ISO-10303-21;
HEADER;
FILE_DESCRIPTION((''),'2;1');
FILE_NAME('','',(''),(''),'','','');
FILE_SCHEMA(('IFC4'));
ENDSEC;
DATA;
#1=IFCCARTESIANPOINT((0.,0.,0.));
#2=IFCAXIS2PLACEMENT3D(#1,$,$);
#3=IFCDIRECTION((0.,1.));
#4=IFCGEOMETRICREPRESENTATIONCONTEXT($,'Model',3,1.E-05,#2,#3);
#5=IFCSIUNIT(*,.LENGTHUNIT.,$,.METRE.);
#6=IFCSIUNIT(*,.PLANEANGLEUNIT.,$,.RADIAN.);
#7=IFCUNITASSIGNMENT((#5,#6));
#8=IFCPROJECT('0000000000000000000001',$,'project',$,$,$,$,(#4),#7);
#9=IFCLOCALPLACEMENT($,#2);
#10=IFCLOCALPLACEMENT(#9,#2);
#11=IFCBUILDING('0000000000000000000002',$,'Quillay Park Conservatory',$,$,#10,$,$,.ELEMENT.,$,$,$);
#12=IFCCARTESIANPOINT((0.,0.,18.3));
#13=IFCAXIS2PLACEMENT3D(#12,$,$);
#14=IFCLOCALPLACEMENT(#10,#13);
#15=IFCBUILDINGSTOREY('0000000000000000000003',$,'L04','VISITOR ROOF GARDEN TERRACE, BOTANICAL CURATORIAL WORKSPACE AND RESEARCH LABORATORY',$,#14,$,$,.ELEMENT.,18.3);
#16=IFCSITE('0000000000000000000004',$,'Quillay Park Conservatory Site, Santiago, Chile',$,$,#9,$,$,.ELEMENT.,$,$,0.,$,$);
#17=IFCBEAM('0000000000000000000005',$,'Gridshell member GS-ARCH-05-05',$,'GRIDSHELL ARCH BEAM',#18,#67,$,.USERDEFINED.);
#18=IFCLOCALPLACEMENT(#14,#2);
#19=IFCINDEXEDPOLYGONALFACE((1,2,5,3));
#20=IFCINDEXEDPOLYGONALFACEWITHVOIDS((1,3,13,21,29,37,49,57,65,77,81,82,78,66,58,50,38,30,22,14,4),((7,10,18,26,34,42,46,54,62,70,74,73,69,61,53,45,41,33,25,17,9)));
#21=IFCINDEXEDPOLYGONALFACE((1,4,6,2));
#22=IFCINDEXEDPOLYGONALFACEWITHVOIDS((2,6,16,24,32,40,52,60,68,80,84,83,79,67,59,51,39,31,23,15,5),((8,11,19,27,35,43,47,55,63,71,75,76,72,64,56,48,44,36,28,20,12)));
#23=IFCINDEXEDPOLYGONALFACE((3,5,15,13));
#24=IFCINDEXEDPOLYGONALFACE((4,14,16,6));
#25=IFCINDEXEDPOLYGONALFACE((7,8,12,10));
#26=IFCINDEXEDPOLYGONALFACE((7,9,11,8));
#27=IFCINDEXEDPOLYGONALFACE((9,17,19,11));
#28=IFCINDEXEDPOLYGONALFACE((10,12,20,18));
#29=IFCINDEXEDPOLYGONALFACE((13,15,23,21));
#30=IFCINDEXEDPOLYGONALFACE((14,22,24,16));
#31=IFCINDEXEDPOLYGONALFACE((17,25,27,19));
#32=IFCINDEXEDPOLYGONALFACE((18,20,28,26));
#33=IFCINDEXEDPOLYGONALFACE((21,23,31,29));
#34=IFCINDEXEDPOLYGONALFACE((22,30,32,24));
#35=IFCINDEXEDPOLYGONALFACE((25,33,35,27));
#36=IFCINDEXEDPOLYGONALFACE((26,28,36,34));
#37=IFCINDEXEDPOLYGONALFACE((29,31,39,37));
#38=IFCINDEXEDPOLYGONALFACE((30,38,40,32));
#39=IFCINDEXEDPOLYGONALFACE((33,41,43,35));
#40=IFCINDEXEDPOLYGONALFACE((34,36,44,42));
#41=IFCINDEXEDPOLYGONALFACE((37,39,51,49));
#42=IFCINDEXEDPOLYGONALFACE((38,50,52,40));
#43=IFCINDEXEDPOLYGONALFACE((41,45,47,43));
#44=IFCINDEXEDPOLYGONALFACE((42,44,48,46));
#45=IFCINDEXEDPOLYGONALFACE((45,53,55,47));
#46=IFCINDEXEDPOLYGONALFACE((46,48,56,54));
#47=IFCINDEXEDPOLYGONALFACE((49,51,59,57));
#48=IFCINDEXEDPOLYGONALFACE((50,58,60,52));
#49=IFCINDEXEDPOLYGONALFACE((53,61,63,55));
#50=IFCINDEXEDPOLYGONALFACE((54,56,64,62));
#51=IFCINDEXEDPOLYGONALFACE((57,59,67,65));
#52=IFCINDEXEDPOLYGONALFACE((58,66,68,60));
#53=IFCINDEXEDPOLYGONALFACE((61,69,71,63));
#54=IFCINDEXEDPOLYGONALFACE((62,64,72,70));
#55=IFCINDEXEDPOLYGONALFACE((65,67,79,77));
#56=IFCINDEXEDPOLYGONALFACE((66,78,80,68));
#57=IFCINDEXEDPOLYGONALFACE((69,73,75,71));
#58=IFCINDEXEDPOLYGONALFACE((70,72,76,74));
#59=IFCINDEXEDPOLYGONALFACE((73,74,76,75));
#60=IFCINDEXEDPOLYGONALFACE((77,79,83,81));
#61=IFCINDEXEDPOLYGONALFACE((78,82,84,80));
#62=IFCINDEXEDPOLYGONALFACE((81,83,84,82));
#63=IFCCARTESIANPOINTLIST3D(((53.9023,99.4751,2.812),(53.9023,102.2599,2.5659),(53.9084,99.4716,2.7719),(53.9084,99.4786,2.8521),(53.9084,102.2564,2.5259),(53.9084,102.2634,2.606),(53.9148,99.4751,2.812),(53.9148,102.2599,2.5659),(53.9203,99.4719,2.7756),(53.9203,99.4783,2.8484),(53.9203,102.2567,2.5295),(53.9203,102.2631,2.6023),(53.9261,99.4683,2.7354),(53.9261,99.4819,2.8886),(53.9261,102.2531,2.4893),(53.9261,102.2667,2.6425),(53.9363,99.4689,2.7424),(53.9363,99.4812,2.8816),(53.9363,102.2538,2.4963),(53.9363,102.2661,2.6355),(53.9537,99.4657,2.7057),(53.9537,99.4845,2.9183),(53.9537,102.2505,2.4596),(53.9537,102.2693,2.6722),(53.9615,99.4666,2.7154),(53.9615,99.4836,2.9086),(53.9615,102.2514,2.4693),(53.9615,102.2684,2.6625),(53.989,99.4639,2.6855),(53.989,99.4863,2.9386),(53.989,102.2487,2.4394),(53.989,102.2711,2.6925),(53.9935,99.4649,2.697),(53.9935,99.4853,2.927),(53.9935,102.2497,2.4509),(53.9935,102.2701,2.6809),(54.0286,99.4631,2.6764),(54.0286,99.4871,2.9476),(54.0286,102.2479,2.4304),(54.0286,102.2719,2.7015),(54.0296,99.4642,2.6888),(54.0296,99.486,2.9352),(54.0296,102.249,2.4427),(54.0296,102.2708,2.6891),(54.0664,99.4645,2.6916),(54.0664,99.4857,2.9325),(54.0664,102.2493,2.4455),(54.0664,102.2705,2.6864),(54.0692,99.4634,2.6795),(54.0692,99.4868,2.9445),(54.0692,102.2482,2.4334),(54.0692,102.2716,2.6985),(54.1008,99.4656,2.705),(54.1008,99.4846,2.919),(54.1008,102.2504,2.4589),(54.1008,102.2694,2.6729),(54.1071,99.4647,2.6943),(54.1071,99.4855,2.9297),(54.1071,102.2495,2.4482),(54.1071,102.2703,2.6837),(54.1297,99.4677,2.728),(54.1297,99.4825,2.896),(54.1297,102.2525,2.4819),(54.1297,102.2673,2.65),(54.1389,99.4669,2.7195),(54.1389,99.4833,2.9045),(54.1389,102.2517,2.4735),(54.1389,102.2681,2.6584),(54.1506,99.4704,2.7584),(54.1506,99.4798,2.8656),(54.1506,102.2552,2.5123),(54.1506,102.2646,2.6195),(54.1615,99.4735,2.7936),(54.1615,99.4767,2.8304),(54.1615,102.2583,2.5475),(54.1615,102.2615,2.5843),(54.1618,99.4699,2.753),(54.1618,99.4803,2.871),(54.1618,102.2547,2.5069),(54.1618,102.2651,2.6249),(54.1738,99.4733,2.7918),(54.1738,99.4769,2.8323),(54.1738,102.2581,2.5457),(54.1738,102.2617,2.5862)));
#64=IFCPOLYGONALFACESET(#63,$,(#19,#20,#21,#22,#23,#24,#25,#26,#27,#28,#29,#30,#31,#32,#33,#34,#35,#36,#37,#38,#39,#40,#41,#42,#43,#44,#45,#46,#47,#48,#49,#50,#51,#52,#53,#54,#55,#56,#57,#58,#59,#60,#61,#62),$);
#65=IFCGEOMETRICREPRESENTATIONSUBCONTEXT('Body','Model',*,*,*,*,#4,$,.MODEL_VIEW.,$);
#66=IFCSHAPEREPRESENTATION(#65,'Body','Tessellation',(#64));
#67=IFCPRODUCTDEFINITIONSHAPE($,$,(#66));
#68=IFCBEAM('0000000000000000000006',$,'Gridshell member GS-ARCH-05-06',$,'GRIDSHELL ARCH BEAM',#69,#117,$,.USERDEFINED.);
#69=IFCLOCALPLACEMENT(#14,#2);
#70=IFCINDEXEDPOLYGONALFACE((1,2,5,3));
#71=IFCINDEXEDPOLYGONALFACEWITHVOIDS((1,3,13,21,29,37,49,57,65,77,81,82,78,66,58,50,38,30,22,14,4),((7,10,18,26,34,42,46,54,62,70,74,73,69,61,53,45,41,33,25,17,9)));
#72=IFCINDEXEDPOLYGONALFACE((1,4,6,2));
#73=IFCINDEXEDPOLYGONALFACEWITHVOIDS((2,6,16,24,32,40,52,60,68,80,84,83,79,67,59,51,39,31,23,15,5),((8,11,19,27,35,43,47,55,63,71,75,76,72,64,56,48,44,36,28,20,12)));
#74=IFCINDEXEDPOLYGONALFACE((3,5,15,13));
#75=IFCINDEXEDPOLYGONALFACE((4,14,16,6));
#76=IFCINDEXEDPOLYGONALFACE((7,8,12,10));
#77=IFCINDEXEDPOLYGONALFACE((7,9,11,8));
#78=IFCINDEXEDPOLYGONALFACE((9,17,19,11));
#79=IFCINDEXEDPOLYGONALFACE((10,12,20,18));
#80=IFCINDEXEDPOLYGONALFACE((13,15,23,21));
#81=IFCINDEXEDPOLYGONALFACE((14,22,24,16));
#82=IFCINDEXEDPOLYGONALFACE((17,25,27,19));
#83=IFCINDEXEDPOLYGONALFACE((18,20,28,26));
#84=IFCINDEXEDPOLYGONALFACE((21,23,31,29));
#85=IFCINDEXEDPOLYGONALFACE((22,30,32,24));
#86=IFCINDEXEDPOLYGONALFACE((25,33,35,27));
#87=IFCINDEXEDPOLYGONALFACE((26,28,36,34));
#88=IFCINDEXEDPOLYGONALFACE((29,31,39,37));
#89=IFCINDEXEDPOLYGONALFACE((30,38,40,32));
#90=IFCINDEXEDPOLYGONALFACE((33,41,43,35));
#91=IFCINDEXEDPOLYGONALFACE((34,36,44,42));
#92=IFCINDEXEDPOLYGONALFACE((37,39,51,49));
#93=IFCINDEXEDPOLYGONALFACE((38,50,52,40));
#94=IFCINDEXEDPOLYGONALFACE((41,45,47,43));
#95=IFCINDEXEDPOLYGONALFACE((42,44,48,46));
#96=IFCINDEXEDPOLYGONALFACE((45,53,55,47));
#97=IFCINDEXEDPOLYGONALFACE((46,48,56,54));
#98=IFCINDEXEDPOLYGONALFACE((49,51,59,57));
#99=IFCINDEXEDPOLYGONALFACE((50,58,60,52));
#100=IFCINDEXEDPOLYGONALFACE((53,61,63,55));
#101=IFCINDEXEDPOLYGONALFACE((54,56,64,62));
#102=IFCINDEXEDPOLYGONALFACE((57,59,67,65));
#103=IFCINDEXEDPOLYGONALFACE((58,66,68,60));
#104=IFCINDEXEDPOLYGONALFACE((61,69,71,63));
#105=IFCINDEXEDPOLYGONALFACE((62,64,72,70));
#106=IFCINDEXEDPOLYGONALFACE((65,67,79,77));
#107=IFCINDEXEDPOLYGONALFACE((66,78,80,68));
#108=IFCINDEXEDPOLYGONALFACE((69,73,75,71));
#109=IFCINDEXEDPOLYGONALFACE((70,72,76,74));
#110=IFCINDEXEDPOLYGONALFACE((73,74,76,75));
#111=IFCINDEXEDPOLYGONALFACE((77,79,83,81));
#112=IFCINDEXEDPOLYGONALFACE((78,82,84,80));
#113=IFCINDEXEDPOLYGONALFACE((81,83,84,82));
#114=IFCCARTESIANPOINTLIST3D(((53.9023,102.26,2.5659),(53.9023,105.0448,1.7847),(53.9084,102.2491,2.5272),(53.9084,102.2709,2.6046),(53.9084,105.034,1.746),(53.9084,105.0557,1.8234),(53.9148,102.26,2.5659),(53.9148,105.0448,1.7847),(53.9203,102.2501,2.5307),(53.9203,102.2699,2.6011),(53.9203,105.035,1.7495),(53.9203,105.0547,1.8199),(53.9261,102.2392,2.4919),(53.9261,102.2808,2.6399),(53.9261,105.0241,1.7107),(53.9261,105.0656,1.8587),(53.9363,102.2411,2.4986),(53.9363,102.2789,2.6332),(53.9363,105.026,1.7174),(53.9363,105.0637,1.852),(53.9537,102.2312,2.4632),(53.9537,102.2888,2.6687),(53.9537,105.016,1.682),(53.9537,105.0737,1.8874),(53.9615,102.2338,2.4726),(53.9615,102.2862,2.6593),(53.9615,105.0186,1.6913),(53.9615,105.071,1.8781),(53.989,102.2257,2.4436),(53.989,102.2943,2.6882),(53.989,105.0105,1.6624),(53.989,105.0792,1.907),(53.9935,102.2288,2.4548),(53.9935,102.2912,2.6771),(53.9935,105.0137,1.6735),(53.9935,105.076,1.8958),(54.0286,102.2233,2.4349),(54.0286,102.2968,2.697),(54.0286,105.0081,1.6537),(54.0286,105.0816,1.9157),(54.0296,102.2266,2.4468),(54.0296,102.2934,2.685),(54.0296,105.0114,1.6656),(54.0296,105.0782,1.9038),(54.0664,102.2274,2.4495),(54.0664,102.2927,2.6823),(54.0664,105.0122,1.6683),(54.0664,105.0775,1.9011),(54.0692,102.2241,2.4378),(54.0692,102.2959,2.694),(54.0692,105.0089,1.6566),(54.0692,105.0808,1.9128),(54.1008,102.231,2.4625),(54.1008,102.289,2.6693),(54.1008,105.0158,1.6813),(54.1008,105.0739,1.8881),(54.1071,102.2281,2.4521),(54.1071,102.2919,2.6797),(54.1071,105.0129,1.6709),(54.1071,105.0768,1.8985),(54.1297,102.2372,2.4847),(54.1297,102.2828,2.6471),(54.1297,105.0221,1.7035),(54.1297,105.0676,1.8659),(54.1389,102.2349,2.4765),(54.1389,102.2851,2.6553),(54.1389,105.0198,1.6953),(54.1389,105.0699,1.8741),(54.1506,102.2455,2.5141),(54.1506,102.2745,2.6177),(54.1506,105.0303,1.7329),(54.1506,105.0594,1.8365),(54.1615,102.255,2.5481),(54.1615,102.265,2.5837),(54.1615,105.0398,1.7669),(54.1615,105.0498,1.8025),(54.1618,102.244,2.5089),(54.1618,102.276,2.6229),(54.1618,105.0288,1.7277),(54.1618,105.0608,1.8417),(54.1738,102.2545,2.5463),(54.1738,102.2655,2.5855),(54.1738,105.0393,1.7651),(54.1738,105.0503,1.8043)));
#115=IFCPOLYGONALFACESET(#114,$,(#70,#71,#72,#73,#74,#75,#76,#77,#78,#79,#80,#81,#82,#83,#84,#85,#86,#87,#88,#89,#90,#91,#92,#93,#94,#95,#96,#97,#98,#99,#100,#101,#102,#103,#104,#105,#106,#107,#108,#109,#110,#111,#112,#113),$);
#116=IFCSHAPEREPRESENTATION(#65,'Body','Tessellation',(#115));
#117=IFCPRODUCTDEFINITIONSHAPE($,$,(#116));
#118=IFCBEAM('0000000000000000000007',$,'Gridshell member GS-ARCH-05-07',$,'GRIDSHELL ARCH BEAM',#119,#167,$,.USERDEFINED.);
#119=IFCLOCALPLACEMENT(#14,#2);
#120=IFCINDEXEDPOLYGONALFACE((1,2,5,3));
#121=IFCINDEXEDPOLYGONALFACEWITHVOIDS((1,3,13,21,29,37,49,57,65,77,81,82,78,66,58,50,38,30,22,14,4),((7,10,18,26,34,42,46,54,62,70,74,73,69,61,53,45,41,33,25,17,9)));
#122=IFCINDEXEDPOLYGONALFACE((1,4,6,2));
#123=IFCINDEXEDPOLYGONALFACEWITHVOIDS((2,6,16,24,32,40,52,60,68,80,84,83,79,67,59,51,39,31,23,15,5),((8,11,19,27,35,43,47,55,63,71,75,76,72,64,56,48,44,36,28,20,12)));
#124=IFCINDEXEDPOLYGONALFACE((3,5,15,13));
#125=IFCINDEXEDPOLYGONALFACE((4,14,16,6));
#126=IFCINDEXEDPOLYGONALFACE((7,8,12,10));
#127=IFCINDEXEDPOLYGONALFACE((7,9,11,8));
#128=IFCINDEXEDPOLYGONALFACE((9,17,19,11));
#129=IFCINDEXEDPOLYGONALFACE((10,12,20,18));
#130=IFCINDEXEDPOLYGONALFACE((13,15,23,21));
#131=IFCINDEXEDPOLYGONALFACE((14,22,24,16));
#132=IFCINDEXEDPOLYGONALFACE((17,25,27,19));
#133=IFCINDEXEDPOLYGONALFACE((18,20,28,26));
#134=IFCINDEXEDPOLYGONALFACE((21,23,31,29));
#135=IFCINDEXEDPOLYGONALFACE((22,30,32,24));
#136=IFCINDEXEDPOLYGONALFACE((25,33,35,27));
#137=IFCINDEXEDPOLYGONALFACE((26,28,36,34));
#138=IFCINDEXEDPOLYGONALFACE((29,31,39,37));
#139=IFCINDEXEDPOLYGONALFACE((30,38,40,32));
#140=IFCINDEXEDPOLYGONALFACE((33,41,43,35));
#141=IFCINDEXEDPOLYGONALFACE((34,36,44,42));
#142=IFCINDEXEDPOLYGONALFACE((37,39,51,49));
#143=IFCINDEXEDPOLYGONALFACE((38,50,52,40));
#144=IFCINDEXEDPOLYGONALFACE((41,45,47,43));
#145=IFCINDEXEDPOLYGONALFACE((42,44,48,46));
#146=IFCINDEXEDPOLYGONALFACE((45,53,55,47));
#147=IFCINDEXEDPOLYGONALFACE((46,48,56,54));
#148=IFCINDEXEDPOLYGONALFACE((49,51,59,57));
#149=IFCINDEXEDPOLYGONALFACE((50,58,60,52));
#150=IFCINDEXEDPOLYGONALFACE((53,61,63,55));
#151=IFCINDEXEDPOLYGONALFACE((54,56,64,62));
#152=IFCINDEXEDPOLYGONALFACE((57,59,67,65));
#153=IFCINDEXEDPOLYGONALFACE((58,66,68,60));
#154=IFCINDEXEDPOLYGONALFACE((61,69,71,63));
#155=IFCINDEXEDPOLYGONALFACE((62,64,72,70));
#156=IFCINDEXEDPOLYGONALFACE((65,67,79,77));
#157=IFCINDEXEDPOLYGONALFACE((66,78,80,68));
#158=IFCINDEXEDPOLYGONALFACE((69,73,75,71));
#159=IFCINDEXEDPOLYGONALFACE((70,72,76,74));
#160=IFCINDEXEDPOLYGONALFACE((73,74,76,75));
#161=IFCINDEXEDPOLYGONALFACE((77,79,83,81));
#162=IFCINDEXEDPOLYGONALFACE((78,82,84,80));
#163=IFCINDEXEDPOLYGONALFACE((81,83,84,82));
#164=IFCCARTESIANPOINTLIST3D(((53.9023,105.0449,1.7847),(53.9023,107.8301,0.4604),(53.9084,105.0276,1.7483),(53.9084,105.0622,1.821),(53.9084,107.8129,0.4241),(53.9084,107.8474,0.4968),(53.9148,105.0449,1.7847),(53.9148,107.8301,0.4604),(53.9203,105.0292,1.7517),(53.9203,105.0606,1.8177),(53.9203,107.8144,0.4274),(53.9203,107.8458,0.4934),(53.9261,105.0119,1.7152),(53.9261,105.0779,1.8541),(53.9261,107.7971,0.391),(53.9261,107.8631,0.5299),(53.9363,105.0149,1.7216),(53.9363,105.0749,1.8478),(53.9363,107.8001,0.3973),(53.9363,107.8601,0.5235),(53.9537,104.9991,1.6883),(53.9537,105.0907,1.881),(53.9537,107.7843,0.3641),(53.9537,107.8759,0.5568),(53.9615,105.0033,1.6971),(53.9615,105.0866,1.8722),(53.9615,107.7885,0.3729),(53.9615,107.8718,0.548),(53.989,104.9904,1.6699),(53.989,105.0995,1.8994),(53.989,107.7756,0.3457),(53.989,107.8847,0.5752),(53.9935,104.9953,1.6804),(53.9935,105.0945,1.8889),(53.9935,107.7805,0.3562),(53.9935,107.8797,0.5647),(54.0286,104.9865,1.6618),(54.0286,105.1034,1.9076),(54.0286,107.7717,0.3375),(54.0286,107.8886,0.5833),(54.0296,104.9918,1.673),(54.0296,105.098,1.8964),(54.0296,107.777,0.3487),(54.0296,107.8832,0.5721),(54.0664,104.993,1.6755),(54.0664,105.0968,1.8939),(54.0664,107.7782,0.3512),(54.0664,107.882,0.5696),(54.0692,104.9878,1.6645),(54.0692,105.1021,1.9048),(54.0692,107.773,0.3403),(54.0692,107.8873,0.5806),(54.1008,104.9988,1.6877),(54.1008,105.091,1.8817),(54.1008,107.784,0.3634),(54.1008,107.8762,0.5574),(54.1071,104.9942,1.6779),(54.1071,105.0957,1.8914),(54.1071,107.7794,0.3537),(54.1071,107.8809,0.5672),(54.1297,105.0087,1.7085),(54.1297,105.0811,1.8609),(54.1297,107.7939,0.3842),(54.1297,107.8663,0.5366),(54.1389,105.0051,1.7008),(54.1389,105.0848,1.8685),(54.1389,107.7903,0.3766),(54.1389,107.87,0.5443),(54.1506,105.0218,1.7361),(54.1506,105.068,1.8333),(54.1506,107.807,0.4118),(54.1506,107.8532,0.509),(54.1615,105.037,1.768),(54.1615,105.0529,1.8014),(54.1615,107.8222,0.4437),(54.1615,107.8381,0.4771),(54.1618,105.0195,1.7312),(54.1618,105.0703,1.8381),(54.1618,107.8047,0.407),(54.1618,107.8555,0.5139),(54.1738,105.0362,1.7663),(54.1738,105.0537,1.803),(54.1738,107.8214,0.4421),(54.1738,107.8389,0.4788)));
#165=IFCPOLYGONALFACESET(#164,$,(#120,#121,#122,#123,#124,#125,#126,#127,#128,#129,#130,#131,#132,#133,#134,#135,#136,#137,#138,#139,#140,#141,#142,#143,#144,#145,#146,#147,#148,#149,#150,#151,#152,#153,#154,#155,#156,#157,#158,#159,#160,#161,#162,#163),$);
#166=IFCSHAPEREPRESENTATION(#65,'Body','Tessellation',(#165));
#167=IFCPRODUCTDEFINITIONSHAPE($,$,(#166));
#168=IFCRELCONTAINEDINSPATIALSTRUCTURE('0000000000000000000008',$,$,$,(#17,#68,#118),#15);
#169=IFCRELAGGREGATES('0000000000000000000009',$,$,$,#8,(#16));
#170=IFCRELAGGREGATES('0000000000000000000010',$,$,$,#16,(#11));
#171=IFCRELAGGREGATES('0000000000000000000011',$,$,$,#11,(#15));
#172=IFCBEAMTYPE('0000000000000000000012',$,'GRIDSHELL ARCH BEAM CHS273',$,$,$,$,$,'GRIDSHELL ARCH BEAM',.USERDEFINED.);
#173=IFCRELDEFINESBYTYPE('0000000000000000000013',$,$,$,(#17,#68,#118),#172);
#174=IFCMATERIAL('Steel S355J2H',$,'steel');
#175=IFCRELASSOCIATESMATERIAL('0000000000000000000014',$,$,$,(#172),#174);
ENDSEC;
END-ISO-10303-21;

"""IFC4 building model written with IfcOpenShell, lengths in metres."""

from ifc_helpers import new_model, si_unit, direction, frame, origin, origin_2d, place, context, subcontext, project, spatial, hollow_circle, extrude, material, material_profile, profile_set, type_object, element, save


model = new_model("IFC4")

# Units and contexts
model_context = context("Model", 3, precision=1e-05, world=origin(), true_north=direction((0.0, 1.0)))
body_context = subcontext(model_context, "Body", "Model", "MODEL_VIEW")
ifc_project = project(units=[si_unit("LENGTHUNIT", "METRE"), si_unit("PLANEANGLEUNIT", "RADIAN")], contexts=[model_context])

# Site, building, storey
site_placement = place(None, origin())
site = spatial("IfcSite", under=ifc_project, at=site_placement, Name="Quillay Park Conservatory Site, Santiago, Chile", CompositionType="ELEMENT", RefElevation=0.0)
building_placement = place(site_placement, origin())
building = spatial("IfcBuilding", under=site, at=building_placement, Name="Quillay Park Conservatory", CompositionType="ELEMENT")
storey_placement = place(building_placement, frame((0.0, 0.0, 18.3)))
storey = spatial("IfcBuildingStorey", under=building, at=storey_placement, Name="L04", Description="VISITOR ROOF GARDEN TERRACE, BOTANICAL CURATORIAL WORKSPACE AND RESEARCH LABORATORY", CompositionType="ELEMENT", Elevation=18.3)

# Beams
ifc_material_1 = material(Name="Steel S355J2H", Category="steel")
ifc_material_profile_1 = material_profile(ifc_material_1, hollow_circle(Radius=0.1365, WallThickness=0.0125, at=origin_2d()), Name="CHS273x12.5")
ifc_profile_set_1 = profile_set([ifc_material_profile_1], Name="Steel S355J2H")
beam_type = type_object("IfcBeamType", Name="GRIDSHELL ARCH BEAM CHS273", ElementType="GRIDSHELL ARCH BEAM", PredefinedType="USERDEFINED", material=ifc_profile_set_1)
beam_1_placement = place(storey_placement, frame((54.0388, 99.4751, 2.812), z_axis=(0.0, 0.996118, -0.088024), x_axis=(-1.0, 0.0, 0.0)))
element("IfcBeam", 1, at=beam_1_placement, inside=storey, type_object=beam_type, Name="Gridshell member GS-ARCH-05-05", ObjectType="GRIDSHELL ARCH BEAM", PredefinedType="USERDEFINED", context=body_context, shape_type="SweptSolid", body=[
    extrude(hollow_circle(Radius=0.1365, WallThickness=0.0125, at=origin_2d()), origin(), (0.0, 0.0, 1.0), 2.7957),
])
beam_2_placement = place(storey_placement, frame((54.0388, 102.26, 2.5659), z_axis=(0.0, 0.962832, -0.270103), x_axis=(-1.0, 0.0, 0.0)))
element("IfcBeam", 2, at=beam_2_placement, inside=storey, type_object=beam_type, Name="Gridshell member GS-ARCH-05-06", ObjectType="GRIDSHELL ARCH BEAM", PredefinedType="USERDEFINED", context=body_context, shape_type="SweptSolid", body=[
    extrude(hollow_circle(Radius=0.1365, WallThickness=0.0125, at=origin_2d()), origin(), (0.0, 0.0, 1.0), 2.8923),
])
beam_3_placement = place(storey_placement, frame((54.0388, 105.0449, 1.7847), z_axis=(0.0, 0.903118, -0.429393), x_axis=(-1.0, 0.0, 0.0)))
element("IfcBeam", 3, at=beam_3_placement, inside=storey, type_object=beam_type, Name="Gridshell member GS-ARCH-05-07", ObjectType="GRIDSHELL ARCH BEAM", PredefinedType="USERDEFINED", context=body_context, shape_type="SweptSolid", body=[
    extrude(hollow_circle(Radius=0.1365, WallThickness=0.0125, at=origin_2d()), origin(), (0.0, 0.0, 1.0), 3.084),
])

save(model, "model.ifc")
